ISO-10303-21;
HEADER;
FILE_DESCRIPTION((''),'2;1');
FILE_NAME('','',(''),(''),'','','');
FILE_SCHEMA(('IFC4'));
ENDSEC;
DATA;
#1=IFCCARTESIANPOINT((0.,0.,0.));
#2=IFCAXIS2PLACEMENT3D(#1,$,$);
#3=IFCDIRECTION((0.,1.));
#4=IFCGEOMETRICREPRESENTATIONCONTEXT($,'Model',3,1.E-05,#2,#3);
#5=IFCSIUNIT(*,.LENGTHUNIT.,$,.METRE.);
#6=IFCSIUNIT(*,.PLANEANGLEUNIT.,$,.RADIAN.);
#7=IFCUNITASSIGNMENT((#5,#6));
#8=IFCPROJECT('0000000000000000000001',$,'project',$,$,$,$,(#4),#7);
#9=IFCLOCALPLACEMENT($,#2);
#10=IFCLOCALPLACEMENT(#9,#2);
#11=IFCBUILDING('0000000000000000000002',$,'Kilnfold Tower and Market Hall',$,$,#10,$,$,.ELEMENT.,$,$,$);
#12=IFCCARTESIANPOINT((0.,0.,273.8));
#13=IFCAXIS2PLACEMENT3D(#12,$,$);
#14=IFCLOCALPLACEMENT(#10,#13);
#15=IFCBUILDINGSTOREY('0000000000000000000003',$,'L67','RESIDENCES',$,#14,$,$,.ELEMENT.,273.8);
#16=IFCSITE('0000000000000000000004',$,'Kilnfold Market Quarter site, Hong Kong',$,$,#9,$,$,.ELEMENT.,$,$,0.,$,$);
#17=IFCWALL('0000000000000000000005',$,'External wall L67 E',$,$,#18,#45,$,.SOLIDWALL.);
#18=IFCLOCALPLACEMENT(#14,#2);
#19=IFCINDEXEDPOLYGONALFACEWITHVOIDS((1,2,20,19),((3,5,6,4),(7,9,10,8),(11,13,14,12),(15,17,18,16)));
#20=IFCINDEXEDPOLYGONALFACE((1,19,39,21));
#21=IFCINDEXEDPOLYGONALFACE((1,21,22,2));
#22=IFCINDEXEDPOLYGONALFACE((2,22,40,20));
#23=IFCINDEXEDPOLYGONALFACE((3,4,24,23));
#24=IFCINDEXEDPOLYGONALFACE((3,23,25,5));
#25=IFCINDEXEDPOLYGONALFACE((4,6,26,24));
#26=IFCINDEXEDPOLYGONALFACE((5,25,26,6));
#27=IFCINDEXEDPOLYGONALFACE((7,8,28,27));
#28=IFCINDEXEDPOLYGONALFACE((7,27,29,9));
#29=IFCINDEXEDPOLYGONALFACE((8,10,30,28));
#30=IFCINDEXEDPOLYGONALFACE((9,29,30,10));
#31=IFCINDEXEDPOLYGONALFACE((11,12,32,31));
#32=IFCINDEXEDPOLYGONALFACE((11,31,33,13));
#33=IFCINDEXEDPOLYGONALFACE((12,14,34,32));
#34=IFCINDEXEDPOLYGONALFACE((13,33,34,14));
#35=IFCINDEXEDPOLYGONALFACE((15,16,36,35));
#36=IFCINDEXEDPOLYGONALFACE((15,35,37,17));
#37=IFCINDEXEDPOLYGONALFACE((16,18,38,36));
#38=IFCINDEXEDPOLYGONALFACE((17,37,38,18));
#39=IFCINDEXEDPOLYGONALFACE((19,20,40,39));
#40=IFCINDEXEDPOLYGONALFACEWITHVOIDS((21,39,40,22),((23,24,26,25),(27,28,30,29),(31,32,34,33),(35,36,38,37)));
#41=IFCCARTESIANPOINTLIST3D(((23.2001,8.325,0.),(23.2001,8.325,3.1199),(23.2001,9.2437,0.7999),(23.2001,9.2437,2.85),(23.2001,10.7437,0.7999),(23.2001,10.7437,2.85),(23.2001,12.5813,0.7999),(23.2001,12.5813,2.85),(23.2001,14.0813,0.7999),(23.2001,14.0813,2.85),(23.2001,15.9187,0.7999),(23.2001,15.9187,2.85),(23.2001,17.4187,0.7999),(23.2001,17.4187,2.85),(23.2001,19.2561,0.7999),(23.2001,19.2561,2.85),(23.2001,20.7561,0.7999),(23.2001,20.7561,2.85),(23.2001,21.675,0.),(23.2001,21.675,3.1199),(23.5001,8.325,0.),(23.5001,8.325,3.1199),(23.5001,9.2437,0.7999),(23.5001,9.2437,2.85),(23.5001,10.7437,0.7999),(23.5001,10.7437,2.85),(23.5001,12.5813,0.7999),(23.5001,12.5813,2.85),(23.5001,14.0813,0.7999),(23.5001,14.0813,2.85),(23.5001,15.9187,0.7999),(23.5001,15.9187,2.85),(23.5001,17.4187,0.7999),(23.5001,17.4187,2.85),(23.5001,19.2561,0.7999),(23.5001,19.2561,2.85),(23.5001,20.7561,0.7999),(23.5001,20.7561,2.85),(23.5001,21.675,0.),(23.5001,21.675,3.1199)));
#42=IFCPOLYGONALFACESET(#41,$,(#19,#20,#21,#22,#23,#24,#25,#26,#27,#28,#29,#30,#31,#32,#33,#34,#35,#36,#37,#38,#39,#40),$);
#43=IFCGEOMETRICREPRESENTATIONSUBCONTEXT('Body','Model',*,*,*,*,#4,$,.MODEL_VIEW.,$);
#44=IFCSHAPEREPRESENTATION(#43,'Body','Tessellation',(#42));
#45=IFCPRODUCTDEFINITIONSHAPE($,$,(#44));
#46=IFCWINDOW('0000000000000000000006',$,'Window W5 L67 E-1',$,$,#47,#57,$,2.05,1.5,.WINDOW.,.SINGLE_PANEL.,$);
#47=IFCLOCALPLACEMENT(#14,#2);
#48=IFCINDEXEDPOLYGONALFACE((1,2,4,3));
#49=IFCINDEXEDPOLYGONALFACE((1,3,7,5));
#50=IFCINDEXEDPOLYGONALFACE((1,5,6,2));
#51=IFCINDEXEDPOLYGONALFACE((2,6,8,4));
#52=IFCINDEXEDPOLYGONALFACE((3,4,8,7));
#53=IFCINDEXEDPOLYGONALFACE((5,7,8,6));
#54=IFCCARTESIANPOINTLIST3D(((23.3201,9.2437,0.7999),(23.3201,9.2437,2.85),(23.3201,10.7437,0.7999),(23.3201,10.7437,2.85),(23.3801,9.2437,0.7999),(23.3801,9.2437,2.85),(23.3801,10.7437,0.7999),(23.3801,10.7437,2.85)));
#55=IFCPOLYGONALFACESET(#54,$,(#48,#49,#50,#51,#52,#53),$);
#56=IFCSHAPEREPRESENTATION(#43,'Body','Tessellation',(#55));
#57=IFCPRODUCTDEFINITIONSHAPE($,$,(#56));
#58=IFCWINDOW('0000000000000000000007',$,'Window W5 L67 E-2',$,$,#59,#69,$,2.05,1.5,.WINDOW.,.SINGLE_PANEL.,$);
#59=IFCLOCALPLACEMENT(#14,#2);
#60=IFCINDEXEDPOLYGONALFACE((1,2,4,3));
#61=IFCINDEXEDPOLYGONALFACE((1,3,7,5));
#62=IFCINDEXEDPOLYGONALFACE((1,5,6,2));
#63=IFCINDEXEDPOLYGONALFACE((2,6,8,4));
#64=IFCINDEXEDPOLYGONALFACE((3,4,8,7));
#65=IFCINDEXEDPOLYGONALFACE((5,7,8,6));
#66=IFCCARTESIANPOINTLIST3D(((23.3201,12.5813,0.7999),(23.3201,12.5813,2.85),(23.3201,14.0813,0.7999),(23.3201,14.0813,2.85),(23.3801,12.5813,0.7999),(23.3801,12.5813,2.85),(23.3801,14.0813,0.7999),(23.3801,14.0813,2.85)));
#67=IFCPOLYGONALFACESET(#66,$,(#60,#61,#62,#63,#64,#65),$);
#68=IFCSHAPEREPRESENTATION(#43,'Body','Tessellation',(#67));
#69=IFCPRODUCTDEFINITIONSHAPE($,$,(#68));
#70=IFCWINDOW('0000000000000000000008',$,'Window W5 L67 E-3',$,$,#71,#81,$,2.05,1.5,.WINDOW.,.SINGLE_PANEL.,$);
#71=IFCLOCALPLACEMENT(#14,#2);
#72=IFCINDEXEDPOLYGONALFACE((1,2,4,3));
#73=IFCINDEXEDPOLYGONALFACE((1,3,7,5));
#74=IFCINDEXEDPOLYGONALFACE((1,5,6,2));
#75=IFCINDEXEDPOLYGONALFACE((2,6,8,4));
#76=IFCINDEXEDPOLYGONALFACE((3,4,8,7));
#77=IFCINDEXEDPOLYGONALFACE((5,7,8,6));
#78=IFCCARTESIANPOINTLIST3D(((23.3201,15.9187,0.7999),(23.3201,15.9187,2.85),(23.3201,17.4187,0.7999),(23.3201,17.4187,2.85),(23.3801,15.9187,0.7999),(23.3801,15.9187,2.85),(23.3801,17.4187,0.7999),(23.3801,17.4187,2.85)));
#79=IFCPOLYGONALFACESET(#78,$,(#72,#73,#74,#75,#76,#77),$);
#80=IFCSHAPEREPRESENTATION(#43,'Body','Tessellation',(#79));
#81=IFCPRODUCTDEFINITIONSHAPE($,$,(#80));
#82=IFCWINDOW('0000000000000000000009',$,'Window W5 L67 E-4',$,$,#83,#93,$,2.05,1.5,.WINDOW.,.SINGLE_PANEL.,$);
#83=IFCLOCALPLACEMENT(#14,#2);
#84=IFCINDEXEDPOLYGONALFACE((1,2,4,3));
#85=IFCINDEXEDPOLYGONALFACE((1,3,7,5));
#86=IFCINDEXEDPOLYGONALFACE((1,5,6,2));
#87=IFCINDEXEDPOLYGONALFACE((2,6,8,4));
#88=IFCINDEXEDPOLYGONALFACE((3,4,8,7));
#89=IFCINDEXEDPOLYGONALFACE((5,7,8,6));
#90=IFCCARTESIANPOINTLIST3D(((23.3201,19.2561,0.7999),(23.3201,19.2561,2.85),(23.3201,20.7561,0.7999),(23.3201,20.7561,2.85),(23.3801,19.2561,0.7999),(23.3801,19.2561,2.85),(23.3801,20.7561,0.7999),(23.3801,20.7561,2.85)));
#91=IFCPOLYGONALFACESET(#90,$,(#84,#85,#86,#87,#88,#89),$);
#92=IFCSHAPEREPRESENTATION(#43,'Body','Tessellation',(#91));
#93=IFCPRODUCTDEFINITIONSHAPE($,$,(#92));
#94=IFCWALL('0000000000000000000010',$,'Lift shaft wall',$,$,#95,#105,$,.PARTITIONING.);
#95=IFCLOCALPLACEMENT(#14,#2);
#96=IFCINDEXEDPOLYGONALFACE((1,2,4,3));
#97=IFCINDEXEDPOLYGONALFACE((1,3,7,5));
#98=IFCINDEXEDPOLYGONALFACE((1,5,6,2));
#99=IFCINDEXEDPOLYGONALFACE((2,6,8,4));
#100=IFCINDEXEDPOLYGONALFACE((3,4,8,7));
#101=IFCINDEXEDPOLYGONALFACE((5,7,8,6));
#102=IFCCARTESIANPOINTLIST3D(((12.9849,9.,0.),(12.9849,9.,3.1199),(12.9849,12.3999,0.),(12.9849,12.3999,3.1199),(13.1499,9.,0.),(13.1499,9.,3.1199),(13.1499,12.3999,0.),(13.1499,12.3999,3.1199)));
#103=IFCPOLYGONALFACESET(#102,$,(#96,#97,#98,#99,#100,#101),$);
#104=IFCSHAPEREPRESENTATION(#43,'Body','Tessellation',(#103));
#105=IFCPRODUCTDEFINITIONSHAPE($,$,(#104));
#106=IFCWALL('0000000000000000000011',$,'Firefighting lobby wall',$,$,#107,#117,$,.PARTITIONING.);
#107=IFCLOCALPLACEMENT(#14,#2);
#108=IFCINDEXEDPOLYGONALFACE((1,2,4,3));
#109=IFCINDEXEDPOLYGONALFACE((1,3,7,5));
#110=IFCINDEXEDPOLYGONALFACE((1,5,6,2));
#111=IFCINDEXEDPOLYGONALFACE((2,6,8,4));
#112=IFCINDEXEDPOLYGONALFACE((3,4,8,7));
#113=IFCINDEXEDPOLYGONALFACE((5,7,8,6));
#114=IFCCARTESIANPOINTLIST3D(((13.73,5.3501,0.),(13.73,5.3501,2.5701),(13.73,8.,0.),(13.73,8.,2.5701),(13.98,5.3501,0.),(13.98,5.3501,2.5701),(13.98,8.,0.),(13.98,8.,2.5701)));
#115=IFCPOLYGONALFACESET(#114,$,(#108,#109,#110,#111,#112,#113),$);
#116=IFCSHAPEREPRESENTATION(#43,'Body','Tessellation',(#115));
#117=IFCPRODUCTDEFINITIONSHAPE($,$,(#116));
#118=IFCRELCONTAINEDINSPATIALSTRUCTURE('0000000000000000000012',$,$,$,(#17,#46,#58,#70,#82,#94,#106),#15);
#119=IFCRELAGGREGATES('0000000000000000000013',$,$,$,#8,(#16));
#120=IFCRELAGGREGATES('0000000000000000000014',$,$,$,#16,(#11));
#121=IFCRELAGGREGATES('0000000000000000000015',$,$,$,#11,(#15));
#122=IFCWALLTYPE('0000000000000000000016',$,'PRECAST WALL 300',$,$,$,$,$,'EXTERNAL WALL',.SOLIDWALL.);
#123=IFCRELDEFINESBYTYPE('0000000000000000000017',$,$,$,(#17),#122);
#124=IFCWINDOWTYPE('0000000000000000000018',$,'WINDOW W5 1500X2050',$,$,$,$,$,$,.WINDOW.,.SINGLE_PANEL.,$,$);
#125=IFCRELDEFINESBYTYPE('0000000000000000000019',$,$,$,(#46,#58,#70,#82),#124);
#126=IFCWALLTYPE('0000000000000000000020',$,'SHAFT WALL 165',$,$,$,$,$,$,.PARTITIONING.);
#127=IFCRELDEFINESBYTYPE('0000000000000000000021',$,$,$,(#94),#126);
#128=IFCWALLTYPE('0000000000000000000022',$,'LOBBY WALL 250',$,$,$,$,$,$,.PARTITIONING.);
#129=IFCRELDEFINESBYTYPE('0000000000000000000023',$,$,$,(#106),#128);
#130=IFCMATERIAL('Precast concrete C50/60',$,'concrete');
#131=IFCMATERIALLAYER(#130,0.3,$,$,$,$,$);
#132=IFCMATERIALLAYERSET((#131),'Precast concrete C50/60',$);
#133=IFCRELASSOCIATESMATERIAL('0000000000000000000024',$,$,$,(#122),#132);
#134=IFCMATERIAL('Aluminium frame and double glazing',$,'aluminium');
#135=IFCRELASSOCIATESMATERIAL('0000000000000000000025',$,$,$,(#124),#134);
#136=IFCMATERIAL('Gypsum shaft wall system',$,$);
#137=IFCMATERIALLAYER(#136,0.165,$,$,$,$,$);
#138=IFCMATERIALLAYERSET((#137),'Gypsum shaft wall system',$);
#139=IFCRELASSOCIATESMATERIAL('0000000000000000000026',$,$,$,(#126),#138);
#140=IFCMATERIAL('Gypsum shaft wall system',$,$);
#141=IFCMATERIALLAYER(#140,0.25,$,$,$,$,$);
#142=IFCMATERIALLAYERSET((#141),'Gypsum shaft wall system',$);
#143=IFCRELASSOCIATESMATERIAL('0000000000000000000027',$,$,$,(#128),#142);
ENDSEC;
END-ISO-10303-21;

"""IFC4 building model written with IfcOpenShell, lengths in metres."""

from ifc_helpers import new_model, si_unit, direction, frame, frame_2d, origin, place, context, subcontext, project, spatial, rectangle, extrude, source, transform, mapped, material, layer, layer_set, type_object, element, fill, save


model = new_model("IFC4")

# Units and contexts
model_context = context("Model", 3, precision=1e-05, world=origin(), true_north=direction((0.0, 1.0)))
body_context = subcontext(model_context, "Body", "Model", "MODEL_VIEW")
ifc_project = project(units=[si_unit("LENGTHUNIT", "METRE"), si_unit("PLANEANGLEUNIT", "RADIAN")], contexts=[model_context])

# Site, building, storey
site_placement = place(None, origin())
site = spatial("IfcSite", under=ifc_project, at=site_placement, Name="Kilnfold Market Quarter site, Hong Kong", CompositionType="ELEMENT", RefElevation=0.0)
building_placement = place(site_placement, origin())
building = spatial("IfcBuilding", under=site, at=building_placement, Name="Kilnfold Tower and Market Hall", CompositionType="ELEMENT")
storey_placement = place(building_placement, frame((0.0, 0.0, 273.8)))
storey = spatial("IfcBuildingStorey", under=building, at=storey_placement, Name="L67", Description="RESIDENCES", CompositionType="ELEMENT", Elevation=273.8)

# Wall, openings, windows
ifc_material_1 = material(Name="Precast concrete C50/60", Category="concrete")
ifc_layer_1 = layer(ifc_material_1, 0.3)
ifc_layer_set_1 = layer_set([ifc_layer_1], Name="Precast concrete C50/60")
wall_type_1 = type_object("IfcWallType", Name="PRECAST WALL 300", ElementType="EXTERNAL WALL", PredefinedType="SOLIDWALL", material=ifc_layer_set_1)
shared_shape_1 = source(origin(), body_context, "Body", "SweptSolid", [
    extrude(rectangle(XDim=13.3501, YDim=0.3, at=frame_2d((6.675, 0.0))), origin(), (0.0, 0.0, 1.0), 3.1199),
])
wall_1_placement = place(storey_placement, frame((23.3501, 8.325, 0.0), z_axis=(0.0, 0.0, 1.0), x_axis=(0.0, 1.0, 0.0)))
wall_1 = element("IfcWall", 1, at=wall_1_placement, inside=storey, type_object=wall_type_1, Name="External wall L67 E", PredefinedType="SOLIDWALL", context=body_context, shape_type="MappedRepresentation", body=[
    mapped(shared_shape_1, transform((0.0, 0.0, 0.0))),
])
opening_1_placement = place(wall_1_placement, frame((0.9187, 0.0, 0.8)))
opening_1 = element("IfcOpeningElement", 2, at=opening_1_placement, cuts=wall_1, PredefinedType="OPENING", context=body_context, shape_type="SweptSolid", body=[
    extrude(rectangle(XDim=1.5, YDim=2.05, at=frame_2d((0.75, 1.0249))), frame((0.0, 0.1602, 0.0), z_axis=(0.0, -1.0, 0.0), x_axis=(1.0, 0.0, 0.0)), (0.0, 0.0, 1.0), 0.3201),
])
opening_2_placement = place(wall_1_placement, frame((4.2563, 0.0, 0.8)))
opening_2 = element("IfcOpeningElement", 3, at=opening_2_placement, cuts=wall_1, PredefinedType="OPENING", context=body_context, shape_type="SweptSolid", body=[
    extrude(rectangle(XDim=1.5, YDim=2.05, at=frame_2d((0.75, 1.0249))), frame((0.0, 0.1602, 0.0), z_axis=(0.0, -1.0, 0.0), x_axis=(1.0, 0.0, 0.0)), (0.0, 0.0, 1.0), 0.3201),
])
opening_3_placement = place(wall_1_placement, frame((7.5938, 0.0, 0.8)))
opening_3 = element("IfcOpeningElement", 4, at=opening_3_placement, cuts=wall_1, PredefinedType="OPENING", context=body_context, shape_type="SweptSolid", body=[
    extrude(rectangle(XDim=1.5, YDim=2.05, at=frame_2d((0.75, 1.0249))), frame((0.0, 0.1602, 0.0), z_axis=(0.0, -1.0, 0.0), x_axis=(1.0, 0.0, 0.0)), (0.0, 0.0, 1.0), 0.3201),
])
opening_4_placement = place(wall_1_placement, frame((10.9312, 0.0, 0.8)))
opening_4 = element("IfcOpeningElement", 5, at=opening_4_placement, cuts=wall_1, PredefinedType="OPENING", context=body_context, shape_type="SweptSolid", body=[
    extrude(rectangle(XDim=1.5, YDim=2.05, at=frame_2d((0.75, 1.0249))), frame((0.0, 0.1602, 0.0), z_axis=(0.0, -1.0, 0.0), x_axis=(1.0, 0.0, 0.0)), (0.0, 0.0, 1.0), 0.3201),
])
ifc_material_2 = material(Name="Aluminium frame and double glazing", Category="aluminium")
window_type = type_object("IfcWindowType", Name="WINDOW W5 1500X2050", PartitioningType="SINGLE_PANEL", PredefinedType="WINDOW", material=ifc_material_2)
window_1_placement = place(opening_1_placement, origin())
window_1 = element("IfcWindow", 6, at=window_1_placement, inside=storey, type_object=window_type, Name="Window W5 L67 E-1", OverallHeight=2.05, OverallWidth=1.5, PartitioningType="SINGLE_PANEL", PredefinedType="WINDOW", context=body_context, shape_type="SweptSolid", body=[
    extrude(rectangle(XDim=1.5, YDim=2.05, at=frame_2d((0.75, 1.0249))), frame((0.0, 0.03, 0.0), z_axis=(0.0, -1.0, 0.0), x_axis=(1.0, 0.0, 0.0)), (0.0, 0.0, 1.0), 0.0601),
])
fill(opening_1, window_1)
window_2_placement = place(opening_2_placement, origin())
window_2 = element("IfcWindow", 7, at=window_2_placement, inside=storey, type_object=window_type, Name="Window W5 L67 E-2", OverallHeight=2.05, OverallWidth=1.5, PartitioningType="SINGLE_PANEL", PredefinedType="WINDOW", context=body_context, shape_type="SweptSolid", body=[
    extrude(rectangle(XDim=1.5, YDim=2.05, at=frame_2d((0.75, 1.0249))), frame((0.0, 0.03, 0.0), z_axis=(0.0, -1.0, 0.0), x_axis=(1.0, 0.0, 0.0)), (0.0, 0.0, 1.0), 0.0601),
])
fill(opening_2, window_2)
window_3_placement = place(opening_3_placement, origin())
window_3 = element("IfcWindow", 8, at=window_3_placement, inside=storey, type_object=window_type, Name="Window W5 L67 E-3", OverallHeight=2.05, OverallWidth=1.5, PartitioningType="SINGLE_PANEL", PredefinedType="WINDOW", context=body_context, shape_type="SweptSolid", body=[
    extrude(rectangle(XDim=1.5, YDim=2.05, at=frame_2d((0.75, 1.0249))), frame((0.0, 0.03, 0.0), z_axis=(0.0, -1.0, 0.0), x_axis=(1.0, 0.0, 0.0)), (0.0, 0.0, 1.0), 0.0601),
])
fill(opening_3, window_3)
window_4_placement = place(opening_4_placement, origin())
window_4 = element("IfcWindow", 9, at=window_4_placement, inside=storey, type_object=window_type, Name="Window W5 L67 E-4", OverallHeight=2.05, OverallWidth=1.5, PartitioningType="SINGLE_PANEL", PredefinedType="WINDOW", context=body_context, shape_type="SweptSolid", body=[
    extrude(rectangle(XDim=1.5, YDim=2.05, at=frame_2d((0.75, 1.0249))), frame((0.0, 0.03, 0.0), z_axis=(0.0, -1.0, 0.0), x_axis=(1.0, 0.0, 0.0)), (0.0, 0.0, 1.0), 0.0601),
])
fill(opening_4, window_4)

# Walls
ifc_material_3 = material(Name="Gypsum shaft wall system")
ifc_layer_2 = layer(ifc_material_3, 0.165)
ifc_layer_set_2 = layer_set([ifc_layer_2], Name="Gypsum shaft wall system")
wall_type_2 = type_object("IfcWallType", Name="SHAFT WALL 165", PredefinedType="PARTITIONING", material=ifc_layer_set_2)
shared_shape_2 = source(origin(), body_context, "Body", "SweptSolid", [
    extrude(rectangle(XDim=3.3999, YDim=0.165, at=frame_2d((1.7, 0.0))), origin(), (0.0, 0.0, 1.0), 3.1199),
])
wall_2_placement = place(storey_placement, frame((13.0674, 9.0, 0.0), z_axis=(0.0, 0.0, 1.0), x_axis=(0.0, 1.0, 0.0)))
element("IfcWall", 10, at=wall_2_placement, inside=storey, type_object=wall_type_2, Name="Lift shaft wall", PredefinedType="PARTITIONING", context=body_context, shape_type="MappedRepresentation", body=[
    mapped(shared_shape_2, transform((0.0, 0.0, 0.0))),
])
ifc_material_4 = material(Name="Gypsum shaft wall system")
ifc_layer_3 = layer(ifc_material_4, 0.25)
ifc_layer_set_3 = layer_set([ifc_layer_3], Name="Gypsum shaft wall system")
wall_type_3 = type_object("IfcWallType", Name="LOBBY WALL 250", PredefinedType="PARTITIONING", material=ifc_layer_set_3)
shared_shape_3 = source(origin(), body_context, "Body", "SweptSolid", [
    extrude(rectangle(XDim=2.6499, YDim=0.25, at=frame_2d((1.325, 0.0))), origin(), (0.0, 0.0, 1.0), 2.5701),
])
wall_3_placement = place(storey_placement, frame((13.855, 5.3501, 0.0), z_axis=(0.0, 0.0, 1.0), x_axis=(0.0, 1.0, 0.0)))
element("IfcWall", 11, at=wall_3_placement, inside=storey, type_object=wall_type_3, Name="Firefighting lobby wall", PredefinedType="PARTITIONING", context=body_context, shape_type="MappedRepresentation", body=[
    mapped(shared_shape_3, transform((0.0, 0.0, 0.0))),
])

save(model, "model.ifc")
